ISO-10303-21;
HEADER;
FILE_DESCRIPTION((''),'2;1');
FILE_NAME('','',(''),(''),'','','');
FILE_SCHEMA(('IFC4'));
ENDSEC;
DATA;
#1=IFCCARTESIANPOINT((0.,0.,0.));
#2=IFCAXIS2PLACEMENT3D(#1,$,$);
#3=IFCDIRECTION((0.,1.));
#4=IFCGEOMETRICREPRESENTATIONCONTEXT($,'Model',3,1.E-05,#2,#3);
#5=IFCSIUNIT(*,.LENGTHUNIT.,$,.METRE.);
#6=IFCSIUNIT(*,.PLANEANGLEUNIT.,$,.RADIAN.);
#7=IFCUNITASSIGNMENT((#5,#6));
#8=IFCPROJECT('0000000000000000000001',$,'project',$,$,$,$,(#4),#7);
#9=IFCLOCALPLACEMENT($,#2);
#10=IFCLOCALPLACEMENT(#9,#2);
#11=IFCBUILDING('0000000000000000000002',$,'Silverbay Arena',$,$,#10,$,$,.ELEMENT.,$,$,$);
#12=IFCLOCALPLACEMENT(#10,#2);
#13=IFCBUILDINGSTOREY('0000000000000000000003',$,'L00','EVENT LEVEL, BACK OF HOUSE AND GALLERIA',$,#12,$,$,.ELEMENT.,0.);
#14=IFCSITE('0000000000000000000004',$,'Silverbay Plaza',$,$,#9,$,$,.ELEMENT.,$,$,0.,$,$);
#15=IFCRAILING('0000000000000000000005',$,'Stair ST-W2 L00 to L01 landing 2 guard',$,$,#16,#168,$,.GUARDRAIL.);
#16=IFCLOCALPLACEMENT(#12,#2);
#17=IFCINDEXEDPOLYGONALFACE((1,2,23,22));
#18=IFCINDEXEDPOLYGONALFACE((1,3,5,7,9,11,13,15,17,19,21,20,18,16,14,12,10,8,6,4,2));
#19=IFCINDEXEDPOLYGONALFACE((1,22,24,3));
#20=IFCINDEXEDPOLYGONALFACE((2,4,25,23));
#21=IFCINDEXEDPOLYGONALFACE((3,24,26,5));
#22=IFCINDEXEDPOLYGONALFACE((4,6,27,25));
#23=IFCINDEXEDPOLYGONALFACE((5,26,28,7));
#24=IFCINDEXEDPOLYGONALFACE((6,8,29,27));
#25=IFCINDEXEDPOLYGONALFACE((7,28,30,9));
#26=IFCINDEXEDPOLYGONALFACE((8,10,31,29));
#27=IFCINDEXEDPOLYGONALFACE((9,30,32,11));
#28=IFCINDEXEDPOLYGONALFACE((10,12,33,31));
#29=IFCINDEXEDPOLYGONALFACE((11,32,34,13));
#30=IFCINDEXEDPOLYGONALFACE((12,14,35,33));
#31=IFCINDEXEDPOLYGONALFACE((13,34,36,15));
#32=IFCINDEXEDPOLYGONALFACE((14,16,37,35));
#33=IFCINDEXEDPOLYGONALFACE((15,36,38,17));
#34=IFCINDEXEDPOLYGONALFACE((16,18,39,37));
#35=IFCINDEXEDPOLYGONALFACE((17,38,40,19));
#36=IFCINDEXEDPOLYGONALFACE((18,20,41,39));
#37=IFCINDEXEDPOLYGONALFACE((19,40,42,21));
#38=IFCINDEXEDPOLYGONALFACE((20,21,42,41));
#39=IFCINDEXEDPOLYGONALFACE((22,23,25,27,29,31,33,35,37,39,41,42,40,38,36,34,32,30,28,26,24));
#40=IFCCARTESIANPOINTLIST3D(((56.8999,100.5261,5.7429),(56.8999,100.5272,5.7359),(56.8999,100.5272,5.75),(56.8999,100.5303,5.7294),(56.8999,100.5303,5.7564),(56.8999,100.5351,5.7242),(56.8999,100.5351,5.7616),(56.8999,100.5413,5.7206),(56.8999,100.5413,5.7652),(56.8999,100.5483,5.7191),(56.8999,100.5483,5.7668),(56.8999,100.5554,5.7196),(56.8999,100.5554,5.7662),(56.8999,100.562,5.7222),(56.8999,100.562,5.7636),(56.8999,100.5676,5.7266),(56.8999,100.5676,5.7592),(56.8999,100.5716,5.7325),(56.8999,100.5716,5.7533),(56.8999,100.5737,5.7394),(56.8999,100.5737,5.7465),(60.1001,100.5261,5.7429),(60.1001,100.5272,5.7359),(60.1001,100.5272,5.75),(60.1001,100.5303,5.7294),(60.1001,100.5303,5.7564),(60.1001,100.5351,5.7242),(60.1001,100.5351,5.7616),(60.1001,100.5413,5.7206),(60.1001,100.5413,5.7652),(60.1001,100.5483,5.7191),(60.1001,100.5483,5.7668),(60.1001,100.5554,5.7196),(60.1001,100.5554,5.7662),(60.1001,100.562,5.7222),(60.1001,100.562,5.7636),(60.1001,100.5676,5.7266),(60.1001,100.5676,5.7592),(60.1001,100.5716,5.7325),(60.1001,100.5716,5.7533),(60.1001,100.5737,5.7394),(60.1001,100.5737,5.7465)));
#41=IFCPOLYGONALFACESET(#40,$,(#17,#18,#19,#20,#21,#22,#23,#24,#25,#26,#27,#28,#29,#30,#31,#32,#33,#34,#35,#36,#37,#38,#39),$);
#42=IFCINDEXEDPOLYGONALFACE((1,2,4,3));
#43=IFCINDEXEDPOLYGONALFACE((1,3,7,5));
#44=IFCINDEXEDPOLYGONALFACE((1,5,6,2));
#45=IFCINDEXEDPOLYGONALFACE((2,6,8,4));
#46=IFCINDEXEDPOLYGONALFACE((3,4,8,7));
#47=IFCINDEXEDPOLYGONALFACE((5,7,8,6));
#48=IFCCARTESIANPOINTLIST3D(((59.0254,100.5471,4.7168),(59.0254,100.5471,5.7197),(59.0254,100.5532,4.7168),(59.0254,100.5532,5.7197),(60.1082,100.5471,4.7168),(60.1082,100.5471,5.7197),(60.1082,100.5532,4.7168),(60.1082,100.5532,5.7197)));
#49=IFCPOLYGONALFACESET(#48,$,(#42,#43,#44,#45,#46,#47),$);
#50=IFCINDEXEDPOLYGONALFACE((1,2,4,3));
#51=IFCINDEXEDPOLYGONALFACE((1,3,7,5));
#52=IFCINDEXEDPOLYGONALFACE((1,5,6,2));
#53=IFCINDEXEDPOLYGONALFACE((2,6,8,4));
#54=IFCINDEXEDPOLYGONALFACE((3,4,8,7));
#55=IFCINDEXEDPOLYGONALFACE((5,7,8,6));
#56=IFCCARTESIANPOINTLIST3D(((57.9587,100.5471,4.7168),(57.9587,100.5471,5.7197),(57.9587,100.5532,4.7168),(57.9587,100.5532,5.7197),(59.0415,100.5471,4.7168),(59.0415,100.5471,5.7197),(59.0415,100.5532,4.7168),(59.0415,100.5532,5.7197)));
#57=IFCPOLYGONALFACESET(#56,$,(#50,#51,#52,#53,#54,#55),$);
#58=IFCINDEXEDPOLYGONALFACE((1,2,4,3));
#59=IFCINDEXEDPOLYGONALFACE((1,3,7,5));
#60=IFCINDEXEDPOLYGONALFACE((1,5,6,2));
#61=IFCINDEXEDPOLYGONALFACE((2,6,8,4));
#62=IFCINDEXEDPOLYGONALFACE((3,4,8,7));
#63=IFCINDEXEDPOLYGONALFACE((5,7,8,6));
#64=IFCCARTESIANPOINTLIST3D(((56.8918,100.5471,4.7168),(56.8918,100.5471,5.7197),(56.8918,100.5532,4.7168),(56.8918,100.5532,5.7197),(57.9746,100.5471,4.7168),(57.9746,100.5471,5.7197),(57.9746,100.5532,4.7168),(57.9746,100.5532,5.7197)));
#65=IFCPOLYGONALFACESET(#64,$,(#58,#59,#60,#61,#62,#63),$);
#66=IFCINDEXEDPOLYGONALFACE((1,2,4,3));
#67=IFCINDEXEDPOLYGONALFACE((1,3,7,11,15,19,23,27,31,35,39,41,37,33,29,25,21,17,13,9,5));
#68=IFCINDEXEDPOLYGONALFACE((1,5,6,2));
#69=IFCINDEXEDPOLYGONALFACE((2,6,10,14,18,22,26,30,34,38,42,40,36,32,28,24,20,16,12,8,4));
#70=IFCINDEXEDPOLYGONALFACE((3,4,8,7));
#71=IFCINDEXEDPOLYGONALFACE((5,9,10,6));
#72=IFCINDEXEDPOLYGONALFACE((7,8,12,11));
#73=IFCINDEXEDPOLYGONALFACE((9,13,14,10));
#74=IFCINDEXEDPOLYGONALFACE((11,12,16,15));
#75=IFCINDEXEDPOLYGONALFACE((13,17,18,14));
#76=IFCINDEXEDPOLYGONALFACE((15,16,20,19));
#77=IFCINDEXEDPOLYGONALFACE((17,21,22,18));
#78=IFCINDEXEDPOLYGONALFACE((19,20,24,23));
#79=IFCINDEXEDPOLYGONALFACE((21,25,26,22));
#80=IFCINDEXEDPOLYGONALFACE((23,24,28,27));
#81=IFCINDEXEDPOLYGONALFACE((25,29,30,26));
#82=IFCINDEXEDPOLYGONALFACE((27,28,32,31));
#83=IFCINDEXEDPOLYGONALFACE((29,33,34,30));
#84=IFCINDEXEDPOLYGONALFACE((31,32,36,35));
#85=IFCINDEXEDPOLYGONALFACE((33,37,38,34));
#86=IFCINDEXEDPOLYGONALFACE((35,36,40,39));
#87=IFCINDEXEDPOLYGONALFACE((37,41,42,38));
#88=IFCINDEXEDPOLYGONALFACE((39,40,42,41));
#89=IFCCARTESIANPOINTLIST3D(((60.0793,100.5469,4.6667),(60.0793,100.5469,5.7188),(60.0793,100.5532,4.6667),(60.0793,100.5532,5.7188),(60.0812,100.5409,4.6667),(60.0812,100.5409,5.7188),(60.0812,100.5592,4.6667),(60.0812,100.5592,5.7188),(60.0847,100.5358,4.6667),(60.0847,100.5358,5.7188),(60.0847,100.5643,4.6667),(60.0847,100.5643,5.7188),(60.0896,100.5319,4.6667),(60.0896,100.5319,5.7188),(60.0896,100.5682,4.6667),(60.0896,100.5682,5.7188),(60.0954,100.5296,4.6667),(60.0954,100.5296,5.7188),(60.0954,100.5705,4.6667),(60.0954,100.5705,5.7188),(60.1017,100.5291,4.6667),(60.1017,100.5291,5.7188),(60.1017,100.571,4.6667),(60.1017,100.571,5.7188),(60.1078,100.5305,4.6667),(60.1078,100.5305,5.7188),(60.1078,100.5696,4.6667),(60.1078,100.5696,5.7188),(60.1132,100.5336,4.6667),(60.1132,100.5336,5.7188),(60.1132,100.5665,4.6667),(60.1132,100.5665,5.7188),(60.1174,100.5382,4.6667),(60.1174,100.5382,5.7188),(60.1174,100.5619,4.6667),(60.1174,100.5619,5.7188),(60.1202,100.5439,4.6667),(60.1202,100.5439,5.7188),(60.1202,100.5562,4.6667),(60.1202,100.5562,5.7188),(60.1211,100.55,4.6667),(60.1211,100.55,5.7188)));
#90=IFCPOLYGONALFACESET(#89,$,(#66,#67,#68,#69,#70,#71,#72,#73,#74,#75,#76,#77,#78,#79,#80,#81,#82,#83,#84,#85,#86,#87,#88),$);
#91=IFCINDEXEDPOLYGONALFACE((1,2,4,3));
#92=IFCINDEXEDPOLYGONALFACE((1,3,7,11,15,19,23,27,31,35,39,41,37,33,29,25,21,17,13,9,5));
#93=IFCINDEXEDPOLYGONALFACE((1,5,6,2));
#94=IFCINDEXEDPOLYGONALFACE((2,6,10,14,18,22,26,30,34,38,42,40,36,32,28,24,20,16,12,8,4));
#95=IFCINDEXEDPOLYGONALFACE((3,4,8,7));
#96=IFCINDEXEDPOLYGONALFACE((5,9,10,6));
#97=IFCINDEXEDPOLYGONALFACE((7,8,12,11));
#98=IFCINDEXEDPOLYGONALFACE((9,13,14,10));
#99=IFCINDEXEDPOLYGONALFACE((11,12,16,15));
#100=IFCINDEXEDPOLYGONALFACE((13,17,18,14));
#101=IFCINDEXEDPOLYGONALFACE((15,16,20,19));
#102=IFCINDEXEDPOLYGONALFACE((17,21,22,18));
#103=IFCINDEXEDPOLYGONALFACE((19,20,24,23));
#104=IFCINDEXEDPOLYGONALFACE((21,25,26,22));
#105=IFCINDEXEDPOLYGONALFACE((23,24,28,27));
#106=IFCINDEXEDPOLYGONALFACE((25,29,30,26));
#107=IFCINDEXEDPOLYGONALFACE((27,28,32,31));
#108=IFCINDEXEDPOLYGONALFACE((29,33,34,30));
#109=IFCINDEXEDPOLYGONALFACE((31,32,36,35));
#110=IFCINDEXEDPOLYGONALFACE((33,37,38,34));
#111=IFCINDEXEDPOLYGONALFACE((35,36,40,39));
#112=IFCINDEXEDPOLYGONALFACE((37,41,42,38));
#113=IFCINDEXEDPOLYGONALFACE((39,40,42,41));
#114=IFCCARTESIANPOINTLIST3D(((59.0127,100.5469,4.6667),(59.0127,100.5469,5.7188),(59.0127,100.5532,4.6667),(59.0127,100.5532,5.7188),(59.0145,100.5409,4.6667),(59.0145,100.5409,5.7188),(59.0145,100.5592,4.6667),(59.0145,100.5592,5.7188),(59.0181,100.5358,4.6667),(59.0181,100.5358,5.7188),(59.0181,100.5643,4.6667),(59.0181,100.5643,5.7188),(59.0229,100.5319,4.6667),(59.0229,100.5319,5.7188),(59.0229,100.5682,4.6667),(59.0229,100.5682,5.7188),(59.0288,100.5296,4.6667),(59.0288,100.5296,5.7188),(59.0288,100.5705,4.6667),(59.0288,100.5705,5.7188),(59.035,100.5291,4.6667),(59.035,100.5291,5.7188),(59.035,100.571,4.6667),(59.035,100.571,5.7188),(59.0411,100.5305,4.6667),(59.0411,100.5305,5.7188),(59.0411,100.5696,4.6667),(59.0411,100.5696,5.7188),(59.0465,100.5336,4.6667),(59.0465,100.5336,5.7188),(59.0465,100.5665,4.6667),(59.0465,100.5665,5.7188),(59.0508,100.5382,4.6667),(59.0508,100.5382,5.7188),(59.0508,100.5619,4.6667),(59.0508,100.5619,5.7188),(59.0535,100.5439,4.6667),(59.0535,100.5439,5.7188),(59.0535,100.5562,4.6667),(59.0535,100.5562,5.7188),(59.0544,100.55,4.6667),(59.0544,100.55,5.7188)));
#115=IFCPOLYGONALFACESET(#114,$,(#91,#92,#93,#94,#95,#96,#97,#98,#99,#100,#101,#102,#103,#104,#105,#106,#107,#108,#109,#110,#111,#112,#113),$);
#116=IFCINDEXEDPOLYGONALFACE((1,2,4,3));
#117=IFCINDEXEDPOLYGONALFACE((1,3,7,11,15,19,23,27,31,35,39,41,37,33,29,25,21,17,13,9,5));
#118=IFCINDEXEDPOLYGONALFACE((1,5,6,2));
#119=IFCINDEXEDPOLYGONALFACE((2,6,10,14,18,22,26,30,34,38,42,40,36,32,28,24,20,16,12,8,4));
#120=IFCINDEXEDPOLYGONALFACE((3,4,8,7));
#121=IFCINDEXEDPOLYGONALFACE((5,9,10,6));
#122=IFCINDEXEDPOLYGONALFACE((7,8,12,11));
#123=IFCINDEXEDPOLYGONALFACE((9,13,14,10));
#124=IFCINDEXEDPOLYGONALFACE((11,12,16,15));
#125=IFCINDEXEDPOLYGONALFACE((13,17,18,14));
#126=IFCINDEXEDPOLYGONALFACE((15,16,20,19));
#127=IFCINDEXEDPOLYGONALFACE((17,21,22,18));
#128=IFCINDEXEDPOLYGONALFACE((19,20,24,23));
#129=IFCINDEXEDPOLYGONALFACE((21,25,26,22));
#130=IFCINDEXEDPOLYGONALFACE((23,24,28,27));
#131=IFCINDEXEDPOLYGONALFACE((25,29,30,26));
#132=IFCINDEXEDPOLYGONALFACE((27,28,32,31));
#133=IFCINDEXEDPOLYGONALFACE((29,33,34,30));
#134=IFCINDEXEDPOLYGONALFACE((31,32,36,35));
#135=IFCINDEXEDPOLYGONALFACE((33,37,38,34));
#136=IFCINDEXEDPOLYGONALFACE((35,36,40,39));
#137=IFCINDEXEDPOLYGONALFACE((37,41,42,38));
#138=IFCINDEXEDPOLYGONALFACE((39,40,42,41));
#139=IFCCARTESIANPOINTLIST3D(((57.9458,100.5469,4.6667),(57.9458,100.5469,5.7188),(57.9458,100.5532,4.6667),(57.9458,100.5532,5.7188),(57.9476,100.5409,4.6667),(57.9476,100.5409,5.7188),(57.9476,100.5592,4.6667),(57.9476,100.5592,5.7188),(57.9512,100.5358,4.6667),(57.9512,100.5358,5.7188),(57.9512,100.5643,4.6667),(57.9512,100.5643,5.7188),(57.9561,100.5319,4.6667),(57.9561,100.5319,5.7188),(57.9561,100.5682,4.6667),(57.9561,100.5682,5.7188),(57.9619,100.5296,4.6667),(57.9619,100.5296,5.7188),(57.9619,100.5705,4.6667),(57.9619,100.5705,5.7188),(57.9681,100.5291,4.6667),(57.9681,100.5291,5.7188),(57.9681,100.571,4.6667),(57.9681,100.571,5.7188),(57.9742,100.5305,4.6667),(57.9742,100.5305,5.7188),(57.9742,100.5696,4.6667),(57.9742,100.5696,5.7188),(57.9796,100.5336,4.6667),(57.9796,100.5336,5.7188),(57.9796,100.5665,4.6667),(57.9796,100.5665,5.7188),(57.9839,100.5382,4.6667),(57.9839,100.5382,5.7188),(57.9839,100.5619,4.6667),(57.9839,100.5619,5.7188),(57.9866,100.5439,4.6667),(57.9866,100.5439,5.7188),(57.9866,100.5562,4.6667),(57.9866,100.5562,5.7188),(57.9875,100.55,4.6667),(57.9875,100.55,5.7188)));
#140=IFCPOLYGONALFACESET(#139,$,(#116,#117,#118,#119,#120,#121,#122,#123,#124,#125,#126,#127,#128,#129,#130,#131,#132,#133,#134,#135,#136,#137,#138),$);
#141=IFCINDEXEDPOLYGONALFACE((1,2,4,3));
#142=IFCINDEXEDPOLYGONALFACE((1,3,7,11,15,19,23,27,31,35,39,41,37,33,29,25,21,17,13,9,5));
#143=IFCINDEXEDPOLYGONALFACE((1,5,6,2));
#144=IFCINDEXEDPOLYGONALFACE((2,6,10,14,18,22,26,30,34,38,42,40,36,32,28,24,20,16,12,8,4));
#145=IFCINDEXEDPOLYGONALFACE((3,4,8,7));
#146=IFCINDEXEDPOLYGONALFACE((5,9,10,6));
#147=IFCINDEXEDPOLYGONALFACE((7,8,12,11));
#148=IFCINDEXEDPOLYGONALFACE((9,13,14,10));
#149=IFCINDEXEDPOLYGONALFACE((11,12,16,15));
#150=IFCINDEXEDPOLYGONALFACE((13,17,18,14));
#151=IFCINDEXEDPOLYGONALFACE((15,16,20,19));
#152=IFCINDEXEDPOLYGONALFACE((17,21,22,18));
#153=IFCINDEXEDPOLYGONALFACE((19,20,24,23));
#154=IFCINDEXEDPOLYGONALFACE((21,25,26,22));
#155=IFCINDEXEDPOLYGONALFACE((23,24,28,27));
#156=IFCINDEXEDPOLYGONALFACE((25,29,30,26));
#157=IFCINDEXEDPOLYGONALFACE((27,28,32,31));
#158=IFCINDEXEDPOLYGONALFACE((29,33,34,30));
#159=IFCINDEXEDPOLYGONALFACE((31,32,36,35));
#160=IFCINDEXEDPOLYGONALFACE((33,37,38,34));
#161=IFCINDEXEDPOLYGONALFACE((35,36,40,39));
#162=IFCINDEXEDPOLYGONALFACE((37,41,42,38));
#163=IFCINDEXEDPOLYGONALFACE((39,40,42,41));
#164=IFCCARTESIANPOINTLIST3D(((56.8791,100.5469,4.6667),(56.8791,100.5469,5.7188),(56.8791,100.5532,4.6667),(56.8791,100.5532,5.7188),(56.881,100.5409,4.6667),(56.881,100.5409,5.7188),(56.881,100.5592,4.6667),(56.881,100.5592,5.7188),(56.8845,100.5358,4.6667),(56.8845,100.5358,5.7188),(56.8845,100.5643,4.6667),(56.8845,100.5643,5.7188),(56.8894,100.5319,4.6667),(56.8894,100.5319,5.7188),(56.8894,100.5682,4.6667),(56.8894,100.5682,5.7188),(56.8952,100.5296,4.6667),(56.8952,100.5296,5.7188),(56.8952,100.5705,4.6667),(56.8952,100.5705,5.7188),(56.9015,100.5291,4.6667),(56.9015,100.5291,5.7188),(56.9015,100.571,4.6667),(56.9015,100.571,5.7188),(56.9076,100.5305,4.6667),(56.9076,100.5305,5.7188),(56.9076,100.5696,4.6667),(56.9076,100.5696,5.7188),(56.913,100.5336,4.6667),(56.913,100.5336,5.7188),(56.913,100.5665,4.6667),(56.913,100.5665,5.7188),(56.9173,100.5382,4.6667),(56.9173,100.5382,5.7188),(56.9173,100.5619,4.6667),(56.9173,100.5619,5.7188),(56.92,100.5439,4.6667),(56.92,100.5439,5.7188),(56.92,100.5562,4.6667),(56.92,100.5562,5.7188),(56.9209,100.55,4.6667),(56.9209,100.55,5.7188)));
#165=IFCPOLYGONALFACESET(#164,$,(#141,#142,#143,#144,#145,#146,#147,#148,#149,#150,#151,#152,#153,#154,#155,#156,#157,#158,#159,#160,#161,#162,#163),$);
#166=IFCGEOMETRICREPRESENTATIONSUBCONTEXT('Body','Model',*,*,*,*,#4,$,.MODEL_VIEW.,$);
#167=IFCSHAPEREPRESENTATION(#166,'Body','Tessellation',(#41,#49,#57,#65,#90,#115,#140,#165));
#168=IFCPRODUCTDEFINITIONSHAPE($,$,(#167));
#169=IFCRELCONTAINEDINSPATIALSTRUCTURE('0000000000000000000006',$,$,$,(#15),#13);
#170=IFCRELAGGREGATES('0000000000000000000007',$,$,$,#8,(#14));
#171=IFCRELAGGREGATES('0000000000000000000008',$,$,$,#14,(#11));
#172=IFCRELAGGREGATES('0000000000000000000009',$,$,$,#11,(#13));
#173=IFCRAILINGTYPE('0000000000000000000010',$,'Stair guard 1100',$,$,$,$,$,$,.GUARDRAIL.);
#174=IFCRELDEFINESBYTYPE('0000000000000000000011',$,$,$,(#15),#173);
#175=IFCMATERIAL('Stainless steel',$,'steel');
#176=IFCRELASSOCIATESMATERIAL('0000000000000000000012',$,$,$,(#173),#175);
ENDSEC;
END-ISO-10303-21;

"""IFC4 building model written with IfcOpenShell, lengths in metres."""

from ifc_helpers import new_model, si_unit, direction, frame, origin, origin_2d, place, context, subcontext, project, spatial, polyline, circle, outline, extrude, material, type_object, element, save


model = new_model("IFC4")

# Units and contexts
model_context = context("Model", 3, precision=1e-05, world=origin(), true_north=direction((0.0, 1.0)))
body_context = subcontext(model_context, "Body", "Model", "MODEL_VIEW")
ifc_project = project(units=[si_unit("LENGTHUNIT", "METRE"), si_unit("PLANEANGLEUNIT", "RADIAN")], contexts=[model_context])

# Site, building, storey
site_placement = place(None, origin())
site = spatial("IfcSite", under=ifc_project, at=site_placement, Name="Silverbay Plaza", CompositionType="ELEMENT", RefElevation=0.0)
building_placement = place(site_placement, origin())
building = spatial("IfcBuilding", under=site, at=building_placement, Name="Silverbay Arena", CompositionType="ELEMENT")
storey_placement = place(building_placement, origin())
storey = spatial("IfcBuildingStorey", under=building, at=storey_placement, Name="L00", Description="EVENT LEVEL, BACK OF HOUSE AND GALLERIA", CompositionType="ELEMENT", Elevation=0.0)

# Railing
ifc_material_1 = material(Name="Stainless steel", Category="steel")
railing_type_1 = type_object("IfcRailingType", Name="Stair guard 1100", PredefinedType="GUARDRAIL", material=ifc_material_1)
railing_1_placement = place(storey_placement, frame((60.1001, 100.55, 4.6667)))
element("IfcRailing", 1, at=railing_1_placement, inside=storey, type_object=railing_type_1, Name="Stair ST-W2 L00 to L01 landing 2 guard", PredefinedType="GUARDRAIL", context=body_context, shape_type="SweptSolid", body=[
    extrude(circle(Radius=0.0239, at=origin_2d()), frame((0.0, 0.0, 1.0762), z_axis=(-1.0, 0.0, 0.0), x_axis=(0.0, -1.0, 0.0)), (0.0, 0.0, 1.0), 3.2002),
    extrude(outline(polyline([(-0.0081, 0.05), (1.0747, 0.05), (1.0747, 1.053), (-0.0081, 1.053), (-0.0081, 0.05)])), frame((0.0, -0.0029, 0.0), z_axis=(0.0, 1.0, 0.0), x_axis=(-1.0, 0.0, 0.0)), (0.0, 0.0, 1.0), 0.0061),
    extrude(outline(polyline([(-0.0081, 0.05), (1.0747, 0.05), (1.0747, 1.053), (-0.0081, 1.053), (-0.0081, 0.05)])), frame((-1.0667, -0.0029, 0.0), z_axis=(0.0, 1.0, 0.0), x_axis=(-1.0, 0.0, 0.0)), (0.0, 0.0, 1.0), 0.0061),
    extrude(outline(polyline([(-0.0081, 0.05), (1.0747, 0.05), (1.0747, 1.053), (-0.0081, 1.053), (-0.0081, 0.05)])), frame((-2.1335, -0.0029, 0.0), z_axis=(0.0, 1.0, 0.0), x_axis=(-1.0, 0.0, 0.0)), (0.0, 0.0, 1.0), 0.0061),
    extrude(circle(Radius=0.021, at=origin_2d()), origin(), (0.0, 0.0, 1.0), 1.052),
    extrude(circle(Radius=0.021, at=origin_2d()), frame((-1.0667, 0.0, 0.0)), (0.0, 0.0, 1.0), 1.052),
    extrude(circle(Radius=0.021, at=origin_2d()), frame((-2.1335, 0.0, 0.0)), (0.0, 0.0, 1.0), 1.052),
    extrude(circle(Radius=0.021, at=origin_2d()), frame((-3.2002, 0.0, 0.0)), (0.0, 0.0, 1.0), 1.052),
])

save(model, "model.ifc")
